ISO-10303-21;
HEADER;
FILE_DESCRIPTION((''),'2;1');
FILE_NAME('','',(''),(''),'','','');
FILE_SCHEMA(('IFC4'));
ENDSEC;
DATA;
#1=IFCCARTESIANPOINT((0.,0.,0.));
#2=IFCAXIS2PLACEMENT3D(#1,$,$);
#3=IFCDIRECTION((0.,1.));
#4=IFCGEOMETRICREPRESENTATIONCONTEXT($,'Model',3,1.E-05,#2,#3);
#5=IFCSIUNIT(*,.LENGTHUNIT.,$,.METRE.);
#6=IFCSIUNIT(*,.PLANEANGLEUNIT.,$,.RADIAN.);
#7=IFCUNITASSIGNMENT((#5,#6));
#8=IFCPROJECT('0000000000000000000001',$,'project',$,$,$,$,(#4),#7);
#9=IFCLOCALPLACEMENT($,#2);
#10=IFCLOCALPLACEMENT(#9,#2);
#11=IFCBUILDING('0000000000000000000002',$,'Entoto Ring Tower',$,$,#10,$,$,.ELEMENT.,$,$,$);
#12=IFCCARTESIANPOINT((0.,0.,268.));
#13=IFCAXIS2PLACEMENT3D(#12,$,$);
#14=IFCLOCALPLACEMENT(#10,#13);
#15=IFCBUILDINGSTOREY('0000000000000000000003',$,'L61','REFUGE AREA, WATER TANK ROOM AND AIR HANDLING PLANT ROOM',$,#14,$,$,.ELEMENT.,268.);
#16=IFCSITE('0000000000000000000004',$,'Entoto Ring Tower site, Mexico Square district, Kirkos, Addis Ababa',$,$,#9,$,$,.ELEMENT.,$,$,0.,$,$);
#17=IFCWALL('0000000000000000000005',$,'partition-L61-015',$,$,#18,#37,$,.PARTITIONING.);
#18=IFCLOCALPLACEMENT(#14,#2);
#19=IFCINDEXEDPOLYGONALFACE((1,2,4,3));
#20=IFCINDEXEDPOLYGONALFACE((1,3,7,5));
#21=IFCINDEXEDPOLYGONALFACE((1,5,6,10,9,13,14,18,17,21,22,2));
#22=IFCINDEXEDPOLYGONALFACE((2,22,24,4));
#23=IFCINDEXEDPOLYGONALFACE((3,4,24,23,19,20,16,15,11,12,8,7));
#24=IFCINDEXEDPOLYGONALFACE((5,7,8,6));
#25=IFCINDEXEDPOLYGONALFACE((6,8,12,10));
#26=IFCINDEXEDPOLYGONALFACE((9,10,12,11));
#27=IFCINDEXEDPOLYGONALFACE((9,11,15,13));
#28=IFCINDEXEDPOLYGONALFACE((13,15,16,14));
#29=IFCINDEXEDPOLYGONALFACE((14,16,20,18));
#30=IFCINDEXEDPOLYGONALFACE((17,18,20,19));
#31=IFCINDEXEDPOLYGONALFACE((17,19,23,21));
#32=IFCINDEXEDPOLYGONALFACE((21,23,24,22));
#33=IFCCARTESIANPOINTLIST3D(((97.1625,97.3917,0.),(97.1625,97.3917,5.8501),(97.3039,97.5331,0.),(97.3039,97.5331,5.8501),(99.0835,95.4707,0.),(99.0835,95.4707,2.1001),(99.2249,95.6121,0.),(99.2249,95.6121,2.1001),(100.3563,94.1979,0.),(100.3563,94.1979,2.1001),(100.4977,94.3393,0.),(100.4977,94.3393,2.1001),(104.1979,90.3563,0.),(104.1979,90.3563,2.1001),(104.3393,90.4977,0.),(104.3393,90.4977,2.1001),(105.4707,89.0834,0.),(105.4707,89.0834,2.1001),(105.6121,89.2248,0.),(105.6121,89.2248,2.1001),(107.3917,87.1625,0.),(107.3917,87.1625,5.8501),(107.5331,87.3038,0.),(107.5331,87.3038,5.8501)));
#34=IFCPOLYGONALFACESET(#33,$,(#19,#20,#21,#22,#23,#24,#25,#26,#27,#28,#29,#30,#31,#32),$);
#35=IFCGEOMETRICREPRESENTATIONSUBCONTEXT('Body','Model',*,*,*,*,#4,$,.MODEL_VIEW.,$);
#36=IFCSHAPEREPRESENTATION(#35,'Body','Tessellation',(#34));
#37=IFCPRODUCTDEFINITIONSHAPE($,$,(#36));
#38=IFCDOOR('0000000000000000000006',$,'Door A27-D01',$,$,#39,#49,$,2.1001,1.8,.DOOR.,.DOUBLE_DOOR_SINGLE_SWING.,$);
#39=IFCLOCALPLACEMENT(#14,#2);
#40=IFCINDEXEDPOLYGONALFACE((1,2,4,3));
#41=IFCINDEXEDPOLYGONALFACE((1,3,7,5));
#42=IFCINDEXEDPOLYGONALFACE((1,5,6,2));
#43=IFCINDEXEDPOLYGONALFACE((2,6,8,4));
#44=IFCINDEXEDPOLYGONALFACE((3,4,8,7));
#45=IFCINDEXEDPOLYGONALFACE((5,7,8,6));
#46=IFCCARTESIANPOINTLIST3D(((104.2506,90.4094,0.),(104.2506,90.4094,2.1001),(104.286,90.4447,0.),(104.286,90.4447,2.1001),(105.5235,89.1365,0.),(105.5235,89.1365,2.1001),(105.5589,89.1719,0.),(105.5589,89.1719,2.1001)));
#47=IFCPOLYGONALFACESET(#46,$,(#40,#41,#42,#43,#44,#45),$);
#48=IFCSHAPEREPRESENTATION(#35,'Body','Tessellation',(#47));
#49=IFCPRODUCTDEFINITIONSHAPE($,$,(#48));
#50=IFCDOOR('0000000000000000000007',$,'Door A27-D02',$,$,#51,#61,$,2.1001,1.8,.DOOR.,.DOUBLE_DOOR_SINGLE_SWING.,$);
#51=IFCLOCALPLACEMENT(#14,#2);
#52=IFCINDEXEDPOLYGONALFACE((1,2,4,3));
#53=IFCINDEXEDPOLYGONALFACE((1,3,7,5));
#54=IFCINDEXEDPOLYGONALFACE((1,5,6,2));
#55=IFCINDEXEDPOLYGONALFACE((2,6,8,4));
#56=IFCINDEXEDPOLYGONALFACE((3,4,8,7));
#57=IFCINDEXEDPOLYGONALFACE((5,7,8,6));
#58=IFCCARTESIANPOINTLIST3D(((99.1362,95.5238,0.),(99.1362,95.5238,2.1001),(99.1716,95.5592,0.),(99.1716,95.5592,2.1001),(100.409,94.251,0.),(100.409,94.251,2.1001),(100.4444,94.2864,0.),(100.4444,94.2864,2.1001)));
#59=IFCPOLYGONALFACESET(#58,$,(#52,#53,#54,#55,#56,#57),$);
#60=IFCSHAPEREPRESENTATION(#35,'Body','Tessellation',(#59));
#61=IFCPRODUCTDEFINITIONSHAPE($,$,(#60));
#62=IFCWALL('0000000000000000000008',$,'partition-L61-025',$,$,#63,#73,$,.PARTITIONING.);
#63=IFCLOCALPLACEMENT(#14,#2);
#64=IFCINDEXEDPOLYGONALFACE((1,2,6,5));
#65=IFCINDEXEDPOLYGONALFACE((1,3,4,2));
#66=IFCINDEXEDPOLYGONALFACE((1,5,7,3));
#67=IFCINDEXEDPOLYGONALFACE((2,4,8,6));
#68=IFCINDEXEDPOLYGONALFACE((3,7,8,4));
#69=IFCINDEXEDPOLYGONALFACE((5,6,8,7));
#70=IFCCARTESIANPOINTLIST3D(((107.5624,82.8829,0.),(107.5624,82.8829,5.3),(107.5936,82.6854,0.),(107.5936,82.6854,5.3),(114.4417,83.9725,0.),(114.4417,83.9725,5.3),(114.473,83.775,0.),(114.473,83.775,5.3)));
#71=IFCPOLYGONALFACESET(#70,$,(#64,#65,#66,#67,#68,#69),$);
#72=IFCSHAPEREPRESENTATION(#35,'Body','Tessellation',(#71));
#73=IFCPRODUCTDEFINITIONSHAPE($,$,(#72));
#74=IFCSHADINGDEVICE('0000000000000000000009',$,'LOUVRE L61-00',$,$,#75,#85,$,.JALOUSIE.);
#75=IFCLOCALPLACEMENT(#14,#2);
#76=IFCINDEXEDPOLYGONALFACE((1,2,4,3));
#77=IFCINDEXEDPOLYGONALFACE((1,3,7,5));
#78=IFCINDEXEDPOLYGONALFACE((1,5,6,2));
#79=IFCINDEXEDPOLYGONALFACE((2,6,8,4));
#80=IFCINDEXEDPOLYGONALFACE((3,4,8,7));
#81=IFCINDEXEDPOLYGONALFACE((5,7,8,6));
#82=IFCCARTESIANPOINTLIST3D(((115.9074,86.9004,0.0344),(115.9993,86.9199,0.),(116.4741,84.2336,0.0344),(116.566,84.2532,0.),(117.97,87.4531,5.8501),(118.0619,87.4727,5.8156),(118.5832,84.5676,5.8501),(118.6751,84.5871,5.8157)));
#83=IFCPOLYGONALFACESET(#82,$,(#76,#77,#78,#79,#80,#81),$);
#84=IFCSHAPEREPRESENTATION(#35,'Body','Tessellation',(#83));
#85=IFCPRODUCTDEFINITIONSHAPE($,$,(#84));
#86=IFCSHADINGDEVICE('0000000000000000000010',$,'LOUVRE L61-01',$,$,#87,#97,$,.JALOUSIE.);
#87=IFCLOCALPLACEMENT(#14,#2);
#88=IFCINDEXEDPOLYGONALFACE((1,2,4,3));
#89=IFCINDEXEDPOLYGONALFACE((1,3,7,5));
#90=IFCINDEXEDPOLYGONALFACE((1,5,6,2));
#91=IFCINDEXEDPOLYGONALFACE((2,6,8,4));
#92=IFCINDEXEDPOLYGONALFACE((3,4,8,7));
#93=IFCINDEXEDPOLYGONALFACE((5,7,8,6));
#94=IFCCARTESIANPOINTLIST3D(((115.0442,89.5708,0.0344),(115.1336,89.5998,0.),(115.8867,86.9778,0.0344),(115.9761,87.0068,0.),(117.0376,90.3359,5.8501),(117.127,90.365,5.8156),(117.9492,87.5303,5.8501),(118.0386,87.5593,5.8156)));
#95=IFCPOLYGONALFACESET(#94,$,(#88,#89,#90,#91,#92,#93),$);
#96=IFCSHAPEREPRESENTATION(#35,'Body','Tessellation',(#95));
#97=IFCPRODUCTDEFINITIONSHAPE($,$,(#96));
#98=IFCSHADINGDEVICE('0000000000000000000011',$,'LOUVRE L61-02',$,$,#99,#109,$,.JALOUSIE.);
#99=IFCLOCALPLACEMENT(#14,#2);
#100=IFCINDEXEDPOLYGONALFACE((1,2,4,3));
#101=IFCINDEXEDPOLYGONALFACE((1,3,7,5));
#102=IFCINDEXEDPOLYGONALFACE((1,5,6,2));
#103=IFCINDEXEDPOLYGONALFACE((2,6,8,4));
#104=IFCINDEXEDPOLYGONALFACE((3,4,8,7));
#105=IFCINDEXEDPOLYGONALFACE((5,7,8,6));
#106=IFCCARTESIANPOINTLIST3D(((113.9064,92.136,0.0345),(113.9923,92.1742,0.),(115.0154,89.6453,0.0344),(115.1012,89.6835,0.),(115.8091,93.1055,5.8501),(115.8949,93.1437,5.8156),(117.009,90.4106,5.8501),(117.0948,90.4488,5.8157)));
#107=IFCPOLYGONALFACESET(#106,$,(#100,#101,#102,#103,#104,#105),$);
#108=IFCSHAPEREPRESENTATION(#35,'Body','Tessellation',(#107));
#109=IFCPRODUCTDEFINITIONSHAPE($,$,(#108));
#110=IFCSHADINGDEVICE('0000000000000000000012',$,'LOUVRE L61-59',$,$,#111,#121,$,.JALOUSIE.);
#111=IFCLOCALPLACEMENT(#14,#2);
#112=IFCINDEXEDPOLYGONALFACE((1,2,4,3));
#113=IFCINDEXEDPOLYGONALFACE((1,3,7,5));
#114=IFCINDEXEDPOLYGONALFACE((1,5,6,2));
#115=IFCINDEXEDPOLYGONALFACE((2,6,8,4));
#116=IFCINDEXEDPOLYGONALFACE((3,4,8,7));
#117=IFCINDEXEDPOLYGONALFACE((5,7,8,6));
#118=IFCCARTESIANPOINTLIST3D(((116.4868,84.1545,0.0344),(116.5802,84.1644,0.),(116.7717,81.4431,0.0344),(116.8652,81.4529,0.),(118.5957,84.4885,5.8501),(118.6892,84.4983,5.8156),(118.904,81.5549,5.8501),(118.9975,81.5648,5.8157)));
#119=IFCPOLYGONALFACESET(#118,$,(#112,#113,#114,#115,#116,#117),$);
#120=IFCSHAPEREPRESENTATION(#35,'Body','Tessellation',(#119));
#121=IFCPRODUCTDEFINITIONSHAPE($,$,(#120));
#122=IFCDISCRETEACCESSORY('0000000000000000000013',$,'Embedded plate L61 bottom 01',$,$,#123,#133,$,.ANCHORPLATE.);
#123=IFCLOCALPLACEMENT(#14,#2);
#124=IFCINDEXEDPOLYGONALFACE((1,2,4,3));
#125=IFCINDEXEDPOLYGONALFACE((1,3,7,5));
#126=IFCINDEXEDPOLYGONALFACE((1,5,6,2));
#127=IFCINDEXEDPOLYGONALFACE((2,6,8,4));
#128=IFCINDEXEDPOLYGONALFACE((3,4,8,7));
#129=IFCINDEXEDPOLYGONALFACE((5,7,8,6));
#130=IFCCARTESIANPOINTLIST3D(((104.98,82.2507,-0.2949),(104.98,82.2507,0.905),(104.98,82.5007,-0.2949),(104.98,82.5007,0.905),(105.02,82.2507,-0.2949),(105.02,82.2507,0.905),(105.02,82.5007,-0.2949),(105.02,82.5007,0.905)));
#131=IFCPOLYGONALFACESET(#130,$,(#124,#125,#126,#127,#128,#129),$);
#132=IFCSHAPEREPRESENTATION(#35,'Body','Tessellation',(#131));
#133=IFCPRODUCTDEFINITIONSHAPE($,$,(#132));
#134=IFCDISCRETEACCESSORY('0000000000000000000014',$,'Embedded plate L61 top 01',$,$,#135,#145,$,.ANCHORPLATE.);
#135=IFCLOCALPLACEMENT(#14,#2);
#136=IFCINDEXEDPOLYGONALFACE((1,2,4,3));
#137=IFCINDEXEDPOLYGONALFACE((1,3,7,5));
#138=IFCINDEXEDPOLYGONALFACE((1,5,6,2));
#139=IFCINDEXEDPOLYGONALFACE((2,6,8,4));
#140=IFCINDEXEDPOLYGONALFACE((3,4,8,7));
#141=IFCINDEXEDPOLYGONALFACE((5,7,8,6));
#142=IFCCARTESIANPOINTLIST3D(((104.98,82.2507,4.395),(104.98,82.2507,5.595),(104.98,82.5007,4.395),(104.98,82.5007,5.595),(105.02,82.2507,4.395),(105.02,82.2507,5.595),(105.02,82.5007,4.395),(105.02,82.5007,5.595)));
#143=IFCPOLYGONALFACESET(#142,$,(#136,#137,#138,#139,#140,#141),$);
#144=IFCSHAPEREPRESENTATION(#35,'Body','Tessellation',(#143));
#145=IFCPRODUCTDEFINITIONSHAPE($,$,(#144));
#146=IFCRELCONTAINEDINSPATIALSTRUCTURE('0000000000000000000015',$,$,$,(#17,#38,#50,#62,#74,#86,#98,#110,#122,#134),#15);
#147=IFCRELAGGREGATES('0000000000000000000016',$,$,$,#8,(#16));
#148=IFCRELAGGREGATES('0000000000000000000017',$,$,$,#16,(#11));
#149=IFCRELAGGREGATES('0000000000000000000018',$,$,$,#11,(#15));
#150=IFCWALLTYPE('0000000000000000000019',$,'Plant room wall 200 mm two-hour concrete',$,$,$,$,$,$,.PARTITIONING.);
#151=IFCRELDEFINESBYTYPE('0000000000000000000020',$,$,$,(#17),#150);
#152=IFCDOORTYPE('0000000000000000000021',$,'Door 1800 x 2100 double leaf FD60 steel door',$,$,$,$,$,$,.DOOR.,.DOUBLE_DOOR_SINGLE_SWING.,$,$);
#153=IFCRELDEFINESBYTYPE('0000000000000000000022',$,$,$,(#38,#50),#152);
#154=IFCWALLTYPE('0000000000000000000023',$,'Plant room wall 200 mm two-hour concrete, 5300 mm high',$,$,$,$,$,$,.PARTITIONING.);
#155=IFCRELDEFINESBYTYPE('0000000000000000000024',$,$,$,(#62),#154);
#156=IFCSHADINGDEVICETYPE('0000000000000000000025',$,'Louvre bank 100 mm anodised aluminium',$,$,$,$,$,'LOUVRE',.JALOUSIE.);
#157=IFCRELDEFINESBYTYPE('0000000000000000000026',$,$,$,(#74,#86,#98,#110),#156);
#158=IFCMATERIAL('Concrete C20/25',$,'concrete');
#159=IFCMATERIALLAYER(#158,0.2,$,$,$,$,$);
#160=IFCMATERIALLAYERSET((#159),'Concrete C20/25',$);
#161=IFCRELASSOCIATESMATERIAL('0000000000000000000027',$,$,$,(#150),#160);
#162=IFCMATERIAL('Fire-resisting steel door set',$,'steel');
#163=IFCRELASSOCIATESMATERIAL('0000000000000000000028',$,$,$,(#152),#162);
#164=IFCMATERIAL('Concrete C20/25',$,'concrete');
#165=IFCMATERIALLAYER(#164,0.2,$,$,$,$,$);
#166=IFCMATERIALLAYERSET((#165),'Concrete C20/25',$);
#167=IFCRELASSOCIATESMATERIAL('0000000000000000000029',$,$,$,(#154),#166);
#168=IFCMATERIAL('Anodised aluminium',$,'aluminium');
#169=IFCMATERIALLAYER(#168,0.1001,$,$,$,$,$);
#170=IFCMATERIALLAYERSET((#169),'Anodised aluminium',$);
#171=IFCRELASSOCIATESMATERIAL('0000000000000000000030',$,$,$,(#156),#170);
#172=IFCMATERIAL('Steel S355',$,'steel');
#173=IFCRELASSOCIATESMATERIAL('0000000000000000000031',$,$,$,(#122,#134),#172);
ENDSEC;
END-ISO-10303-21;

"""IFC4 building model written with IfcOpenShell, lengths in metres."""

from ifc_helpers import new_model, si_unit, direction, frame, frame_2d, origin, origin_2d, place, context, subcontext, project, spatial, polyline, rectangle, outline, extrude, material, layer, layer_set, type_object, element, fill, save


model = new_model("IFC4")

# Units and contexts
model_context = context("Model", 3, precision=1e-05, world=origin(), true_north=direction((0.0, 1.0)))
body_context = subcontext(model_context, "Body", "Model", "MODEL_VIEW")
ifc_project = project(units=[si_unit("LENGTHUNIT", "METRE"), si_unit("PLANEANGLEUNIT", "RADIAN")], contexts=[model_context])

# Site, building, storey
site_placement = place(None, origin())
site = spatial("IfcSite", under=ifc_project, at=site_placement, Name="Entoto Ring Tower site, Mexico Square district, Kirkos, Addis Ababa", CompositionType="ELEMENT", RefElevation=0.0)
building_placement = place(site_placement, origin())
building = spatial("IfcBuilding", under=site, at=building_placement, Name="Entoto Ring Tower", CompositionType="ELEMENT")
storey_placement = place(building_placement, frame((0.0, 0.0, 268.0)))
storey = spatial("IfcBuildingStorey", under=building, at=storey_placement, Name="L61", Description="REFUGE AREA, WATER TANK ROOM AND AIR HANDLING PLANT ROOM", CompositionType="ELEMENT", Elevation=268.0)

# Shared definitions
ifc_material_1 = material(Name="Concrete C20/25", Category="concrete")
ifc_layer_1 = layer(ifc_material_1, 0.2)
ifc_layer_set_1 = layer_set([ifc_layer_1], Name="Concrete C20/25")
wall_type_1 = type_object("IfcWallType", Name="Plant room wall 200 mm two-hour concrete", PredefinedType="PARTITIONING", material=ifc_layer_set_1)

# Wall, openings, doors
wall_1_placement = place(storey_placement, frame((107.4624, 87.2332, 0.0), z_axis=(0.0, 0.0, 1.0), x_axis=(-0.707107, 0.707107, 0.0)))
wall_1 = element("IfcWall", 1, at=wall_1_placement, inside=storey, type_object=wall_type_1, Name="partition-L61-015", PredefinedType="PARTITIONING", context=body_context, shape_type="SweptSolid", body=[
    extrude(rectangle(XDim=14.4663, YDim=0.2, at=frame_2d((7.2332, 0.0))), origin(), (0.0, 0.0, 1.0), 5.8501),
])
opening_1_placement = place(wall_1_placement, frame((2.7168, 0.0, 0.0)))
opening_1 = element("IfcOpeningElement", 2, at=opening_1_placement, cuts=wall_1, PredefinedType="OPENING", context=body_context, shape_type="SweptSolid", body=[
    extrude(rectangle(XDim=1.8, YDim=2.1001, at=frame_2d((0.8999, 1.05))), frame((0.0, 0.1099, 0.0), z_axis=(0.0, -1.0, 0.0), x_axis=(1.0, 0.0, 0.0)), (0.0, 0.0, 1.0), 0.22),
])
opening_2_placement = place(wall_1_placement, frame((9.9497, 0.0, 0.0)))
opening_2 = element("IfcOpeningElement", 3, at=opening_2_placement, cuts=wall_1, PredefinedType="OPENING", context=body_context, shape_type="SweptSolid", body=[
    extrude(rectangle(XDim=1.8, YDim=2.1001, at=frame_2d((0.8999, 1.05))), frame((0.0, 0.1099, 0.0), z_axis=(0.0, -1.0, 0.0), x_axis=(1.0, 0.0, 0.0)), (0.0, 0.0, 1.0), 0.22),
])
ifc_material_2 = material(Name="Fire-resisting steel door set", Category="steel")
door_type = type_object("IfcDoorType", Name="Door 1800 x 2100 double leaf FD60 steel door", OperationType="DOUBLE_DOOR_SINGLE_SWING", PredefinedType="DOOR", material=ifc_material_2)
door_1_placement = place(opening_1_placement, frame((1.8, 0.0, 0.0), z_axis=(0.0, 0.0, 1.0), x_axis=(-1.0, 0.0, 0.0)))
door_1 = element("IfcDoor", 4, at=door_1_placement, inside=storey, type_object=door_type, Name="Door A27-D01", OperationType="DOUBLE_DOOR_SINGLE_SWING", OverallHeight=2.1001, OverallWidth=1.8, PredefinedType="DOOR", context=body_context, shape_type="SweptSolid", body=[
    extrude(rectangle(XDim=1.8, YDim=2.1001, at=frame_2d((0.8999, 1.05))), frame((0.0, 0.0249, 0.0), z_axis=(0.0, -1.0, 0.0), x_axis=(1.0, 0.0, 0.0)), (0.0, 0.0, 1.0), 0.05),
])
fill(opening_1, door_1)
door_2_placement = place(opening_2_placement, frame((1.8, 0.0, 0.0), z_axis=(0.0, 0.0, 1.0), x_axis=(-1.0, 0.0, 0.0)))
door_2 = element("IfcDoor", 5, at=door_2_placement, inside=storey, type_object=door_type, Name="Door A27-D02", OperationType="DOUBLE_DOOR_SINGLE_SWING", OverallHeight=2.1001, OverallWidth=1.8, PredefinedType="DOOR", context=body_context, shape_type="SweptSolid", body=[
    extrude(rectangle(XDim=1.8, YDim=2.1001, at=frame_2d((0.8999, 1.05))), frame((0.0, 0.0249, 0.0), z_axis=(0.0, -1.0, 0.0), x_axis=(1.0, 0.0, 0.0)), (0.0, 0.0, 1.0), 0.05),
])
fill(opening_2, door_2)

# Wall
ifc_material_3 = material(Name="Concrete C20/25", Category="concrete")
ifc_layer_2 = layer(ifc_material_3, 0.2)
ifc_layer_set_2 = layer_set([ifc_layer_2], Name="Concrete C20/25")
wall_type_2 = type_object("IfcWallType", Name="Plant room wall 200 mm two-hour concrete, 5300 mm high", PredefinedType="PARTITIONING", material=ifc_layer_set_2)
wall_2_placement = place(storey_placement, frame((107.5781, 82.7842, 0.0), z_axis=(0.0, 0.0, 1.0), x_axis=(0.987688, 0.156436, 0.0)))
element("IfcWall", 6, at=wall_2_placement, inside=storey, type_object=wall_type_2, Name="partition-L61-025", PredefinedType="PARTITIONING", context=body_context, shape_type="SweptSolid", body=[
    extrude(rectangle(XDim=6.9651, YDim=0.2, at=frame_2d((3.4824, 0.0))), origin(), (0.0, 0.0, 1.0), 5.3),
])

# Shading devices
ifc_material_4 = material(Name="Anodised aluminium", Category="aluminium")
ifc_layer_3 = layer(ifc_material_4, 0.1001)
ifc_layer_set_3 = layer_set([ifc_layer_3], Name="Anodised aluminium")
shading_device_type = type_object("IfcShadingDeviceType", Name="Louvre bank 100 mm anodised aluminium", ElementType="LOUVRE", PredefinedType="JALOUSIE", material=ifc_layer_set_3)
shading_device_1_placement = place(storey_placement, frame((116.4741, 84.2336, 0.0344), z_axis=(-0.918367, -0.195166, 0.344255), x_axis=(-0.207869, 0.978157, 0.000008)))
element("IfcShadingDevice", 7, at=shading_device_1_placement, inside=storey, type_object=shading_device_type, Name="LOUVRE L61-00", PredefinedType="JALOUSIE", context=body_context, shape_type="SweptSolid", body=[
    extrude(outline(polyline([(0.0, 0.0), (2.7263, 0.0), (2.8383, -6.1943), (-0.1117, -6.1943), (0.0, 0.0)])), origin(), (0.0, 0.0, -1.0), 0.1001),
])
shading_device_2_placement = place(storey_placement, frame((115.8867, 86.9778, 0.0344), z_axis=(-0.89293, -0.290133, 0.344236), x_axis=(-0.309019, 0.951056, 0.0)))
element("IfcShadingDevice", 8, at=shading_device_2_placement, inside=storey, type_object=shading_device_type, Name="LOUVRE L61-01", PredefinedType="JALOUSIE", context=body_context, shape_type="SweptSolid", body=[
    extrude(outline(polyline([(0.0, 0.0), (2.7265, 0.0), (2.8381, -6.1942), (-0.1119, -6.1942), (0.0, 0.0)])), origin(), (0.0, 0.0, -1.0), 0.1001),
])
shading_device_3_placement = place(storey_placement, frame((115.0154, 89.6453, 0.0344), z_axis=(-0.857696, -0.381885, 0.344269), x_axis=(-0.406746, 0.913542, 0.00001)))
element("IfcShadingDevice", 9, at=shading_device_3_placement, inside=storey, type_object=shading_device_type, Name="LOUVRE L61-02", PredefinedType="JALOUSIE", context=body_context, shape_type="SweptSolid", body=[
    extrude(outline(polyline([(0.0, 0.0), (2.7264, 0.0), (2.8383, -6.1943), (-0.1116, -6.1944), (0.0, 0.0)])), origin(), (0.0, 0.0, -1.0), 0.1001),
])
shading_device_4_placement = place(storey_placement, frame((116.7717, 81.4431, 0.0344), z_axis=(-0.933741, -0.098131, 0.344237), x_axis=(-0.104517, 0.994523, 0.000005)))
element("IfcShadingDevice", 10, at=shading_device_4_placement, inside=storey, type_object=shading_device_type, Name="LOUVRE L61-59", PredefinedType="JALOUSIE", context=body_context, shape_type="SweptSolid", body=[
    extrude(outline(polyline([(0.0, 0.0), (2.7264, 0.0), (2.8381, -6.1942), (-0.1116, -6.1943), (0.0, 0.0)])), origin(), (0.0, 0.0, -1.0), 0.1001),
])

# Discrete accessories
ifc_material_5 = material(Name="Steel S355", Category="steel")
for number, where, z_axis, x_axis, name in (
    (11, (105.0, 82.3757, -0.2949), (0.0, 0.0, 1.0), (1.0, 0.0, 0.0), "Embedded plate L61 bottom 01"),
    (12, (105.0, 82.3757, 4.395), (0.0, 0.0, 1.0), (1.0, 0.0, 0.0), "Embedded plate L61 top 01"),
):
    element("IfcDiscreteAccessory", number, at=place(storey_placement, frame(where, z_axis=z_axis, x_axis=x_axis)), inside=storey, material=ifc_material_5, Name=name, PredefinedType="ANCHORPLATE", context=body_context, shape_type="SweptSolid", body=[
        extrude(rectangle(XDim=0.04, YDim=0.25, at=origin_2d()), origin(), (0.0, 0.0, 1.0), 1.2),
    ])

save(model, "model.ifc")
